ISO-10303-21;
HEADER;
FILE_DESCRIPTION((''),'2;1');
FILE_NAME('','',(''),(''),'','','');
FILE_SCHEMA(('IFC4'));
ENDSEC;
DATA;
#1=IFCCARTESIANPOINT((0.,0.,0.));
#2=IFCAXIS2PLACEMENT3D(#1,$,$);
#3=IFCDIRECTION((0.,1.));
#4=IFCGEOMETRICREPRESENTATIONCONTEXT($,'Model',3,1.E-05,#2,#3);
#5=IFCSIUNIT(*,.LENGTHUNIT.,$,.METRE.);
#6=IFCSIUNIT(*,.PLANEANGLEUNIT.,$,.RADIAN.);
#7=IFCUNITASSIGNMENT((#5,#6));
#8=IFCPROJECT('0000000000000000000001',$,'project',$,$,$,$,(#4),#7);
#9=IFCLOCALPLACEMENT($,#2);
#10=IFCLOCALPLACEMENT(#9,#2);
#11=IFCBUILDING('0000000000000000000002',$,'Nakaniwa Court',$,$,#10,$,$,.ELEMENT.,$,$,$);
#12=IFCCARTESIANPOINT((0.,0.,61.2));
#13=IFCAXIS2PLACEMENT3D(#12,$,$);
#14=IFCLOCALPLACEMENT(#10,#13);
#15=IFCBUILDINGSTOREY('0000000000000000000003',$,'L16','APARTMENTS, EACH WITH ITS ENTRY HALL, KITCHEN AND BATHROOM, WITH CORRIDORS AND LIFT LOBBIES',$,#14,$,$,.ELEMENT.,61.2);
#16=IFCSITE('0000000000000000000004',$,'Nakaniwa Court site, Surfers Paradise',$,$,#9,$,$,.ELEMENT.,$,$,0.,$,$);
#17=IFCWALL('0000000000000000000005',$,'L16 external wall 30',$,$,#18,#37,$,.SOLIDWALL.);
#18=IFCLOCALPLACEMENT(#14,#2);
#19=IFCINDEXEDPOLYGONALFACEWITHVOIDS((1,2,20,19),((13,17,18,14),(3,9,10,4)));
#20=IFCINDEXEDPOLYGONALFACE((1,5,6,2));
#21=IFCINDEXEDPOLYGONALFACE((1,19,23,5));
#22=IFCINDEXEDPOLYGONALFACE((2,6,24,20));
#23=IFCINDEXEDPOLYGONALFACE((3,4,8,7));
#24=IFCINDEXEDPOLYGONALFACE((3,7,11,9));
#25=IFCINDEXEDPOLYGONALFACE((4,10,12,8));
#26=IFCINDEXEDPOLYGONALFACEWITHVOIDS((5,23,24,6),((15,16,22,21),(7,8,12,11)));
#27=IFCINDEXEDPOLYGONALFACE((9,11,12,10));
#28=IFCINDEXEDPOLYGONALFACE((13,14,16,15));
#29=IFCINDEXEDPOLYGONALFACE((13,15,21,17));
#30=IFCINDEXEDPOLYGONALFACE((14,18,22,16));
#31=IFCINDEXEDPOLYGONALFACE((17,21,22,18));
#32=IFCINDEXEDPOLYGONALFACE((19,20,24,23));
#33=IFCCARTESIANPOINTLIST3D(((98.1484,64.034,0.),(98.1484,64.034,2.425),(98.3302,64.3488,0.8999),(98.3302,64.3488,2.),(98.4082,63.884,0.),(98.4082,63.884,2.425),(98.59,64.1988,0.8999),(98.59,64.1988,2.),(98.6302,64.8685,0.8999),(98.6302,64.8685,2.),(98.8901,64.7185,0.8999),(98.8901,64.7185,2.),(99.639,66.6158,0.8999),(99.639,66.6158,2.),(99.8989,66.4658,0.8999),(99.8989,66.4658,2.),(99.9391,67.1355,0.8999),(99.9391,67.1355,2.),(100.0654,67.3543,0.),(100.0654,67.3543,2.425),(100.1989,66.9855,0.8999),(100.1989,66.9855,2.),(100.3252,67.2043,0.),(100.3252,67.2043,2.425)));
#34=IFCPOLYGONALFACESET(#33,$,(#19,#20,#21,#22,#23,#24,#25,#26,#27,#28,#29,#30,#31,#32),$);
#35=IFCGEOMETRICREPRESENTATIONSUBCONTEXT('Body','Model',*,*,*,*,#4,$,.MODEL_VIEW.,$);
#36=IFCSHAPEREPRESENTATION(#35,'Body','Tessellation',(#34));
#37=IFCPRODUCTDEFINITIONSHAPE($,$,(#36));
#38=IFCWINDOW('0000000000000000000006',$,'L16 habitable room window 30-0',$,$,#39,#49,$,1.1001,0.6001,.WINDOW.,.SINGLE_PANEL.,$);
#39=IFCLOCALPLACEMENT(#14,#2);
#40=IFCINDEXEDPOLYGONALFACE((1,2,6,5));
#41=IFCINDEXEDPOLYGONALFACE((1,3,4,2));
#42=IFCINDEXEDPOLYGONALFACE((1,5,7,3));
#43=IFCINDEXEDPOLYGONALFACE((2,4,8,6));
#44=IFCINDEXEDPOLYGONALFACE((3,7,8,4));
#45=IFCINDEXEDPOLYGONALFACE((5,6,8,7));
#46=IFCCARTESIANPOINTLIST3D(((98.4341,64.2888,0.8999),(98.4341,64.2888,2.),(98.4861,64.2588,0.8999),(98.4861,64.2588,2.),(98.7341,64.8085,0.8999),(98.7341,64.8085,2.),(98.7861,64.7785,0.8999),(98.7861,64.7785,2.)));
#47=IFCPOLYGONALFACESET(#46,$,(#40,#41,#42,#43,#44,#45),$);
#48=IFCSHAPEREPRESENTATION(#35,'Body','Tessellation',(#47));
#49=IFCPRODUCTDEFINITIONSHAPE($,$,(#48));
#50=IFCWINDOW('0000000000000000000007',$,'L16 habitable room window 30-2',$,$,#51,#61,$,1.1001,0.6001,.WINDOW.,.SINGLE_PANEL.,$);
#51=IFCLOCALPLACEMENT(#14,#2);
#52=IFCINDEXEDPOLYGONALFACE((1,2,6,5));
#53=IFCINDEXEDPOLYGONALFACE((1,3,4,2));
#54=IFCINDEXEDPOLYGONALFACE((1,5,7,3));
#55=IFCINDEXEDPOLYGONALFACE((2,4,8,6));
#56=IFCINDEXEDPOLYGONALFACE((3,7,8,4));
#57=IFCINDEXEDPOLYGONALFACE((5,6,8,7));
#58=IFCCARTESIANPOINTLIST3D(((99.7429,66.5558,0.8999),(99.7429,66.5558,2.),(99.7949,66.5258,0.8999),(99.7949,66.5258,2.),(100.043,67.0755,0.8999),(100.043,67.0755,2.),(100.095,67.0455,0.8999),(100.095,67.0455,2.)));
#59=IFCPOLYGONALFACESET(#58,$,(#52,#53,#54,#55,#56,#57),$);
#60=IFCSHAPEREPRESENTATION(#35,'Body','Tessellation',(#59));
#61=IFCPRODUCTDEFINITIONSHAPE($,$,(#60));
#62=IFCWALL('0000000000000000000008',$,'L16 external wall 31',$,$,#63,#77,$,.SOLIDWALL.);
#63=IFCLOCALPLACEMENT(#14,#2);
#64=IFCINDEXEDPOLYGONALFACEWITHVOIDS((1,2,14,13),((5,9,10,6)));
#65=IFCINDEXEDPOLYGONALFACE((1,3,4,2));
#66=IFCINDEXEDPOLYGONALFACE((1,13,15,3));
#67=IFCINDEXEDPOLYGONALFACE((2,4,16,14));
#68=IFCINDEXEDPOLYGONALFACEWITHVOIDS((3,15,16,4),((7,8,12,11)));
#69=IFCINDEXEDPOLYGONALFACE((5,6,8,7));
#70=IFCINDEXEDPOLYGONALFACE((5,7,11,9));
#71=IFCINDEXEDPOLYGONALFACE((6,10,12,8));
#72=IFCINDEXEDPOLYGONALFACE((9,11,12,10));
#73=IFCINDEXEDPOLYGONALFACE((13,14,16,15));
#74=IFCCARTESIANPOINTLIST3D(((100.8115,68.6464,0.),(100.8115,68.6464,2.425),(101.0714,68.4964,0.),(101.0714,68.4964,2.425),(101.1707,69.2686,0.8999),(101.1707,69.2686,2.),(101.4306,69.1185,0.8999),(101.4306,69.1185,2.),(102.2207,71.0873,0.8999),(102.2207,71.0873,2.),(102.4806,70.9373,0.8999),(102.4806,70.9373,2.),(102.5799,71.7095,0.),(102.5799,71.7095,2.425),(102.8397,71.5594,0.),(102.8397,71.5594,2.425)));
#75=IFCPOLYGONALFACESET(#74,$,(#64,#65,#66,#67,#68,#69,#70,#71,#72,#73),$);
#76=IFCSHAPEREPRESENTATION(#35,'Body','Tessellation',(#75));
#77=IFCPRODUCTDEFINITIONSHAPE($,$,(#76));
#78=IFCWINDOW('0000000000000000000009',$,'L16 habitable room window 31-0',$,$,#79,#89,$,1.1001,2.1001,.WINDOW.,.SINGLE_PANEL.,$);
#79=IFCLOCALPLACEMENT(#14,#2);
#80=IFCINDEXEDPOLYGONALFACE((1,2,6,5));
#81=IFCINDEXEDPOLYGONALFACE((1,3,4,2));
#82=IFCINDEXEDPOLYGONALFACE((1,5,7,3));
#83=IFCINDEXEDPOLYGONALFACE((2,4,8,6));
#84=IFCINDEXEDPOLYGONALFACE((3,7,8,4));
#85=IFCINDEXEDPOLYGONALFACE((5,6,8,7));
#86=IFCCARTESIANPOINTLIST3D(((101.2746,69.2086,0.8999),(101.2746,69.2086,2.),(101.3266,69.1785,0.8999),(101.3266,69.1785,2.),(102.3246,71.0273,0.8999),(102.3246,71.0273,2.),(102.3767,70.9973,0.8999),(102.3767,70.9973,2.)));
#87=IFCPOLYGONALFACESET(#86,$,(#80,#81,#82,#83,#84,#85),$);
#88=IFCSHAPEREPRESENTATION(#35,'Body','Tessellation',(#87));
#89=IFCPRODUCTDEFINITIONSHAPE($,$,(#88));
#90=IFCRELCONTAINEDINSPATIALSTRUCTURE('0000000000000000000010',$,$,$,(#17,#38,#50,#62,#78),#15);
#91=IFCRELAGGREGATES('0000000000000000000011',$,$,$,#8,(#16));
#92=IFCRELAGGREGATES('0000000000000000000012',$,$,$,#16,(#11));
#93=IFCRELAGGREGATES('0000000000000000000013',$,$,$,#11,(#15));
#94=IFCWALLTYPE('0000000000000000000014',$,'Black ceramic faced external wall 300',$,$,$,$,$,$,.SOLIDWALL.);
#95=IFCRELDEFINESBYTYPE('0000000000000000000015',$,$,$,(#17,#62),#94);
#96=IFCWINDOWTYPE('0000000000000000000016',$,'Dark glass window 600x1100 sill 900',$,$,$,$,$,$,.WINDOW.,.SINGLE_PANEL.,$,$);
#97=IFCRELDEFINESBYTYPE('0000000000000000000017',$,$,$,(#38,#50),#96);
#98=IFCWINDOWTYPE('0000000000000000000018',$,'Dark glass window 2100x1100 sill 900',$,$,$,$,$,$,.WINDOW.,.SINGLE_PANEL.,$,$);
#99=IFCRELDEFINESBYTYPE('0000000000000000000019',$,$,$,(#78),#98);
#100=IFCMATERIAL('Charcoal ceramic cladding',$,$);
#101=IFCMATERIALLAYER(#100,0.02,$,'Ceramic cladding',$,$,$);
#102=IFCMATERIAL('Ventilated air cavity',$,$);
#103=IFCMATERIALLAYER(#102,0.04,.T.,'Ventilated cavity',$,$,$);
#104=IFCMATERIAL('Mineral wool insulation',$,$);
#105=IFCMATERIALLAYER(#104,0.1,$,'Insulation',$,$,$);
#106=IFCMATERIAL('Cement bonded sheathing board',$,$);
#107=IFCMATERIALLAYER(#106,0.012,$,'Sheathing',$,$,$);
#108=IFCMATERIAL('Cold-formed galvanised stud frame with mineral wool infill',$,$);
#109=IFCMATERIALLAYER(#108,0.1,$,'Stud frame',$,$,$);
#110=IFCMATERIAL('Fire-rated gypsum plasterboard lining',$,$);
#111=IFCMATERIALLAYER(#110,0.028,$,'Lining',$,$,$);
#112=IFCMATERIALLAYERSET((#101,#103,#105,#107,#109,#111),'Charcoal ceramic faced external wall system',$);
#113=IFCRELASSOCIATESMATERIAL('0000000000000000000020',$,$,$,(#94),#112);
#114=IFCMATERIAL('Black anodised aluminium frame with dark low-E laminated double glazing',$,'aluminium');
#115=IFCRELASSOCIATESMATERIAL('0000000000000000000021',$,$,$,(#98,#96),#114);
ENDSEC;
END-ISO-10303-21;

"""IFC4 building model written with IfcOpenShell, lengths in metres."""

from ifc_helpers import new_model, si_unit, direction, frame, frame_2d, origin, place, context, subcontext, project, spatial, rectangle, extrude, material, layer, layer_set, type_object, element, fill, save


model = new_model("IFC4")

# Units and contexts
model_context = context("Model", 3, precision=1e-05, world=origin(), true_north=direction((0.0, 1.0)))
body_context = subcontext(model_context, "Body", "Model", "MODEL_VIEW")
ifc_project = project(units=[si_unit("LENGTHUNIT", "METRE"), si_unit("PLANEANGLEUNIT", "RADIAN")], contexts=[model_context])

# Site, building, storey
site_placement = place(None, origin())
site = spatial("IfcSite", under=ifc_project, at=site_placement, Name="Nakaniwa Court site, Surfers Paradise", CompositionType="ELEMENT", RefElevation=0.0)
building_placement = place(site_placement, origin())
building = spatial("IfcBuilding", under=site, at=building_placement, Name="Nakaniwa Court", CompositionType="ELEMENT")
storey_placement = place(building_placement, frame((0.0, 0.0, 61.2)))
storey = spatial("IfcBuildingStorey", under=building, at=storey_placement, Name="L16", Description="APARTMENTS, EACH WITH ITS ENTRY HALL, KITCHEN AND BATHROOM, WITH CORRIDORS AND LIFT LOBBIES", CompositionType="ELEMENT", Elevation=61.2)

# Shared definitions
ifc_material_1 = material(Name="Charcoal ceramic cladding")
ifc_layer_1 = layer(ifc_material_1, 0.02, Name="Ceramic cladding")
ifc_material_2 = material(Name="Ventilated air cavity")
ifc_layer_2 = layer(ifc_material_2, 0.04, ventilated=True, Name="Ventilated cavity")
ifc_material_3 = material(Name="Mineral wool insulation")
ifc_layer_3 = layer(ifc_material_3, 0.1, Name="Insulation")
ifc_material_4 = material(Name="Cement bonded sheathing board")
ifc_layer_4 = layer(ifc_material_4, 0.012, Name="Sheathing")
ifc_material_5 = material(Name="Cold-formed galvanised stud frame with mineral wool infill")
ifc_layer_5 = layer(ifc_material_5, 0.1, Name="Stud frame")
ifc_material_6 = material(Name="Fire-rated gypsum plasterboard lining")
ifc_layer_6 = layer(ifc_material_6, 0.028, Name="Lining")
ifc_layer_set_1 = layer_set([ifc_layer_1, ifc_layer_2, ifc_layer_3, ifc_layer_4, ifc_layer_5, ifc_layer_6], Name="Charcoal ceramic faced external wall system")
wall_type_1 = type_object("IfcWallType", Name="Black ceramic faced external wall 300", PredefinedType="SOLIDWALL", material=ifc_layer_set_1)
ifc_material_7 = material(Name="Black anodised aluminium frame with dark low-E laminated double glazing", Category="aluminium")
window_type_1 = type_object("IfcWindowType", Name="Dark glass window 2100x1100 sill 900", PartitioningType="SINGLE_PANEL", PredefinedType="WINDOW", material=ifc_material_7)

# Wall, openings, windows
wall_1_placement = place(storey_placement, frame((98.2783, 63.959, 0.0), z_axis=(0.0, 0.0, 1.0), x_axis=(0.500002, 0.866024, 0.0)))
wall_1 = element("IfcWall", 1, at=wall_1_placement, inside=storey, type_object=wall_type_1, Name="L16 external wall 30", PredefinedType="SOLIDWALL", context=body_context, shape_type="SweptSolid", body=[
    extrude(rectangle(XDim=3.834, YDim=0.3, at=frame_2d((1.917, 0.0))), origin(), (0.0, 0.0, 1.0), 2.425),
])
opening_1_placement = place(wall_1_placement, frame((0.3635, 0.0, 0.8999)))
opening_1 = element("IfcOpeningElement", 2, at=opening_1_placement, cuts=wall_1, PredefinedType="OPENING", context=body_context, shape_type="SweptSolid", body=[
    extrude(rectangle(XDim=0.6001, YDim=1.1001, at=frame_2d((0.3, 0.55))), frame((0.0, 0.1599, 0.0), z_axis=(0.0, -1.0, 0.0), x_axis=(1.0, 0.0, 0.0)), (0.0, 0.0, 1.0), 0.3201),
])
opening_2_placement = place(wall_1_placement, frame((2.9812, 0.0, 0.8999)))
opening_2 = element("IfcOpeningElement", 3, at=opening_2_placement, cuts=wall_1, PredefinedType="OPENING", context=body_context, shape_type="SweptSolid", body=[
    extrude(rectangle(XDim=0.6001, YDim=1.1001, at=frame_2d((0.3, 0.55))), frame((0.0, 0.1599, 0.0), z_axis=(0.0, -1.0, 0.0), x_axis=(1.0, 0.0, 0.0)), (0.0, 0.0, 1.0), 0.3201),
])
window_type_2 = type_object("IfcWindowType", Name="Dark glass window 600x1100 sill 900", PartitioningType="SINGLE_PANEL", PredefinedType="WINDOW", material=ifc_material_7)
window_1_placement = place(opening_1_placement, origin())
window_1 = element("IfcWindow", 4, at=window_1_placement, inside=storey, type_object=window_type_2, Name="L16 habitable room window 30-0", OverallHeight=1.1001, OverallWidth=0.6001, PartitioningType="SINGLE_PANEL", PredefinedType="WINDOW", context=body_context, shape_type="SweptSolid", body=[
    extrude(rectangle(XDim=0.6001, YDim=1.1001, at=frame_2d((0.3, 0.55))), frame((0.0, 0.03, 0.0), z_axis=(0.0, -1.0, 0.0), x_axis=(1.0, 0.0, 0.0)), (0.0, 0.0, 1.0), 0.0601),
])
fill(opening_1, window_1)
window_2_placement = place(opening_2_placement, origin())
window_2 = element("IfcWindow", 5, at=window_2_placement, inside=storey, type_object=window_type_2, Name="L16 habitable room window 30-2", OverallHeight=1.1001, OverallWidth=0.6001, PartitioningType="SINGLE_PANEL", PredefinedType="WINDOW", context=body_context, shape_type="SweptSolid", body=[
    extrude(rectangle(XDim=0.6001, YDim=1.1001, at=frame_2d((0.3, 0.55))), frame((0.0, 0.03, 0.0), z_axis=(0.0, -1.0, 0.0), x_axis=(1.0, 0.0, 0.0)), (0.0, 0.0, 1.0), 0.0601),
])
fill(opening_2, window_2)

# Wall, opening, window
wall_2_placement = place(storey_placement, frame((100.9414, 68.5713, 0.0), z_axis=(0.0, 0.0, 1.0), x_axis=(0.499977, 0.866038, 0.0)))
wall_2 = element("IfcWall", 6, at=wall_2_placement, inside=storey, type_object=wall_type_1, Name="L16 external wall 31", PredefinedType="SOLIDWALL", context=body_context, shape_type="SweptSolid", body=[
    extrude(rectangle(XDim=3.5369, YDim=0.3, at=frame_2d((1.7686, 0.0))), origin(), (0.0, 0.0, 1.0), 2.425),
])
opening_3_placement = place(wall_2_placement, frame((0.7185, 0.0, 0.8999)))
opening_3 = element("IfcOpeningElement", 7, at=opening_3_placement, cuts=wall_2, PredefinedType="OPENING", context=body_context, shape_type="SweptSolid", body=[
    extrude(rectangle(XDim=2.1001, YDim=1.1001, at=frame_2d((1.05, 0.55))), frame((0.0, 0.1599, 0.0), z_axis=(0.0, -1.0, 0.0), x_axis=(1.0, 0.0, 0.0)), (0.0, 0.0, 1.0), 0.3201),
])
window_3_placement = place(opening_3_placement, origin())
window_3 = element("IfcWindow", 8, at=window_3_placement, inside=storey, type_object=window_type_1, Name="L16 habitable room window 31-0", OverallHeight=1.1001, OverallWidth=2.1001, PartitioningType="SINGLE_PANEL", PredefinedType="WINDOW", context=body_context, shape_type="SweptSolid", body=[
    extrude(rectangle(XDim=2.1001, YDim=1.1001, at=frame_2d((1.05, 0.55))), frame((0.0, 0.03, 0.0), z_axis=(0.0, -1.0, 0.0), x_axis=(1.0, 0.0, 0.0)), (0.0, 0.0, 1.0), 0.0601),
])
fill(opening_3, window_3)

save(model, "model.ifc")
